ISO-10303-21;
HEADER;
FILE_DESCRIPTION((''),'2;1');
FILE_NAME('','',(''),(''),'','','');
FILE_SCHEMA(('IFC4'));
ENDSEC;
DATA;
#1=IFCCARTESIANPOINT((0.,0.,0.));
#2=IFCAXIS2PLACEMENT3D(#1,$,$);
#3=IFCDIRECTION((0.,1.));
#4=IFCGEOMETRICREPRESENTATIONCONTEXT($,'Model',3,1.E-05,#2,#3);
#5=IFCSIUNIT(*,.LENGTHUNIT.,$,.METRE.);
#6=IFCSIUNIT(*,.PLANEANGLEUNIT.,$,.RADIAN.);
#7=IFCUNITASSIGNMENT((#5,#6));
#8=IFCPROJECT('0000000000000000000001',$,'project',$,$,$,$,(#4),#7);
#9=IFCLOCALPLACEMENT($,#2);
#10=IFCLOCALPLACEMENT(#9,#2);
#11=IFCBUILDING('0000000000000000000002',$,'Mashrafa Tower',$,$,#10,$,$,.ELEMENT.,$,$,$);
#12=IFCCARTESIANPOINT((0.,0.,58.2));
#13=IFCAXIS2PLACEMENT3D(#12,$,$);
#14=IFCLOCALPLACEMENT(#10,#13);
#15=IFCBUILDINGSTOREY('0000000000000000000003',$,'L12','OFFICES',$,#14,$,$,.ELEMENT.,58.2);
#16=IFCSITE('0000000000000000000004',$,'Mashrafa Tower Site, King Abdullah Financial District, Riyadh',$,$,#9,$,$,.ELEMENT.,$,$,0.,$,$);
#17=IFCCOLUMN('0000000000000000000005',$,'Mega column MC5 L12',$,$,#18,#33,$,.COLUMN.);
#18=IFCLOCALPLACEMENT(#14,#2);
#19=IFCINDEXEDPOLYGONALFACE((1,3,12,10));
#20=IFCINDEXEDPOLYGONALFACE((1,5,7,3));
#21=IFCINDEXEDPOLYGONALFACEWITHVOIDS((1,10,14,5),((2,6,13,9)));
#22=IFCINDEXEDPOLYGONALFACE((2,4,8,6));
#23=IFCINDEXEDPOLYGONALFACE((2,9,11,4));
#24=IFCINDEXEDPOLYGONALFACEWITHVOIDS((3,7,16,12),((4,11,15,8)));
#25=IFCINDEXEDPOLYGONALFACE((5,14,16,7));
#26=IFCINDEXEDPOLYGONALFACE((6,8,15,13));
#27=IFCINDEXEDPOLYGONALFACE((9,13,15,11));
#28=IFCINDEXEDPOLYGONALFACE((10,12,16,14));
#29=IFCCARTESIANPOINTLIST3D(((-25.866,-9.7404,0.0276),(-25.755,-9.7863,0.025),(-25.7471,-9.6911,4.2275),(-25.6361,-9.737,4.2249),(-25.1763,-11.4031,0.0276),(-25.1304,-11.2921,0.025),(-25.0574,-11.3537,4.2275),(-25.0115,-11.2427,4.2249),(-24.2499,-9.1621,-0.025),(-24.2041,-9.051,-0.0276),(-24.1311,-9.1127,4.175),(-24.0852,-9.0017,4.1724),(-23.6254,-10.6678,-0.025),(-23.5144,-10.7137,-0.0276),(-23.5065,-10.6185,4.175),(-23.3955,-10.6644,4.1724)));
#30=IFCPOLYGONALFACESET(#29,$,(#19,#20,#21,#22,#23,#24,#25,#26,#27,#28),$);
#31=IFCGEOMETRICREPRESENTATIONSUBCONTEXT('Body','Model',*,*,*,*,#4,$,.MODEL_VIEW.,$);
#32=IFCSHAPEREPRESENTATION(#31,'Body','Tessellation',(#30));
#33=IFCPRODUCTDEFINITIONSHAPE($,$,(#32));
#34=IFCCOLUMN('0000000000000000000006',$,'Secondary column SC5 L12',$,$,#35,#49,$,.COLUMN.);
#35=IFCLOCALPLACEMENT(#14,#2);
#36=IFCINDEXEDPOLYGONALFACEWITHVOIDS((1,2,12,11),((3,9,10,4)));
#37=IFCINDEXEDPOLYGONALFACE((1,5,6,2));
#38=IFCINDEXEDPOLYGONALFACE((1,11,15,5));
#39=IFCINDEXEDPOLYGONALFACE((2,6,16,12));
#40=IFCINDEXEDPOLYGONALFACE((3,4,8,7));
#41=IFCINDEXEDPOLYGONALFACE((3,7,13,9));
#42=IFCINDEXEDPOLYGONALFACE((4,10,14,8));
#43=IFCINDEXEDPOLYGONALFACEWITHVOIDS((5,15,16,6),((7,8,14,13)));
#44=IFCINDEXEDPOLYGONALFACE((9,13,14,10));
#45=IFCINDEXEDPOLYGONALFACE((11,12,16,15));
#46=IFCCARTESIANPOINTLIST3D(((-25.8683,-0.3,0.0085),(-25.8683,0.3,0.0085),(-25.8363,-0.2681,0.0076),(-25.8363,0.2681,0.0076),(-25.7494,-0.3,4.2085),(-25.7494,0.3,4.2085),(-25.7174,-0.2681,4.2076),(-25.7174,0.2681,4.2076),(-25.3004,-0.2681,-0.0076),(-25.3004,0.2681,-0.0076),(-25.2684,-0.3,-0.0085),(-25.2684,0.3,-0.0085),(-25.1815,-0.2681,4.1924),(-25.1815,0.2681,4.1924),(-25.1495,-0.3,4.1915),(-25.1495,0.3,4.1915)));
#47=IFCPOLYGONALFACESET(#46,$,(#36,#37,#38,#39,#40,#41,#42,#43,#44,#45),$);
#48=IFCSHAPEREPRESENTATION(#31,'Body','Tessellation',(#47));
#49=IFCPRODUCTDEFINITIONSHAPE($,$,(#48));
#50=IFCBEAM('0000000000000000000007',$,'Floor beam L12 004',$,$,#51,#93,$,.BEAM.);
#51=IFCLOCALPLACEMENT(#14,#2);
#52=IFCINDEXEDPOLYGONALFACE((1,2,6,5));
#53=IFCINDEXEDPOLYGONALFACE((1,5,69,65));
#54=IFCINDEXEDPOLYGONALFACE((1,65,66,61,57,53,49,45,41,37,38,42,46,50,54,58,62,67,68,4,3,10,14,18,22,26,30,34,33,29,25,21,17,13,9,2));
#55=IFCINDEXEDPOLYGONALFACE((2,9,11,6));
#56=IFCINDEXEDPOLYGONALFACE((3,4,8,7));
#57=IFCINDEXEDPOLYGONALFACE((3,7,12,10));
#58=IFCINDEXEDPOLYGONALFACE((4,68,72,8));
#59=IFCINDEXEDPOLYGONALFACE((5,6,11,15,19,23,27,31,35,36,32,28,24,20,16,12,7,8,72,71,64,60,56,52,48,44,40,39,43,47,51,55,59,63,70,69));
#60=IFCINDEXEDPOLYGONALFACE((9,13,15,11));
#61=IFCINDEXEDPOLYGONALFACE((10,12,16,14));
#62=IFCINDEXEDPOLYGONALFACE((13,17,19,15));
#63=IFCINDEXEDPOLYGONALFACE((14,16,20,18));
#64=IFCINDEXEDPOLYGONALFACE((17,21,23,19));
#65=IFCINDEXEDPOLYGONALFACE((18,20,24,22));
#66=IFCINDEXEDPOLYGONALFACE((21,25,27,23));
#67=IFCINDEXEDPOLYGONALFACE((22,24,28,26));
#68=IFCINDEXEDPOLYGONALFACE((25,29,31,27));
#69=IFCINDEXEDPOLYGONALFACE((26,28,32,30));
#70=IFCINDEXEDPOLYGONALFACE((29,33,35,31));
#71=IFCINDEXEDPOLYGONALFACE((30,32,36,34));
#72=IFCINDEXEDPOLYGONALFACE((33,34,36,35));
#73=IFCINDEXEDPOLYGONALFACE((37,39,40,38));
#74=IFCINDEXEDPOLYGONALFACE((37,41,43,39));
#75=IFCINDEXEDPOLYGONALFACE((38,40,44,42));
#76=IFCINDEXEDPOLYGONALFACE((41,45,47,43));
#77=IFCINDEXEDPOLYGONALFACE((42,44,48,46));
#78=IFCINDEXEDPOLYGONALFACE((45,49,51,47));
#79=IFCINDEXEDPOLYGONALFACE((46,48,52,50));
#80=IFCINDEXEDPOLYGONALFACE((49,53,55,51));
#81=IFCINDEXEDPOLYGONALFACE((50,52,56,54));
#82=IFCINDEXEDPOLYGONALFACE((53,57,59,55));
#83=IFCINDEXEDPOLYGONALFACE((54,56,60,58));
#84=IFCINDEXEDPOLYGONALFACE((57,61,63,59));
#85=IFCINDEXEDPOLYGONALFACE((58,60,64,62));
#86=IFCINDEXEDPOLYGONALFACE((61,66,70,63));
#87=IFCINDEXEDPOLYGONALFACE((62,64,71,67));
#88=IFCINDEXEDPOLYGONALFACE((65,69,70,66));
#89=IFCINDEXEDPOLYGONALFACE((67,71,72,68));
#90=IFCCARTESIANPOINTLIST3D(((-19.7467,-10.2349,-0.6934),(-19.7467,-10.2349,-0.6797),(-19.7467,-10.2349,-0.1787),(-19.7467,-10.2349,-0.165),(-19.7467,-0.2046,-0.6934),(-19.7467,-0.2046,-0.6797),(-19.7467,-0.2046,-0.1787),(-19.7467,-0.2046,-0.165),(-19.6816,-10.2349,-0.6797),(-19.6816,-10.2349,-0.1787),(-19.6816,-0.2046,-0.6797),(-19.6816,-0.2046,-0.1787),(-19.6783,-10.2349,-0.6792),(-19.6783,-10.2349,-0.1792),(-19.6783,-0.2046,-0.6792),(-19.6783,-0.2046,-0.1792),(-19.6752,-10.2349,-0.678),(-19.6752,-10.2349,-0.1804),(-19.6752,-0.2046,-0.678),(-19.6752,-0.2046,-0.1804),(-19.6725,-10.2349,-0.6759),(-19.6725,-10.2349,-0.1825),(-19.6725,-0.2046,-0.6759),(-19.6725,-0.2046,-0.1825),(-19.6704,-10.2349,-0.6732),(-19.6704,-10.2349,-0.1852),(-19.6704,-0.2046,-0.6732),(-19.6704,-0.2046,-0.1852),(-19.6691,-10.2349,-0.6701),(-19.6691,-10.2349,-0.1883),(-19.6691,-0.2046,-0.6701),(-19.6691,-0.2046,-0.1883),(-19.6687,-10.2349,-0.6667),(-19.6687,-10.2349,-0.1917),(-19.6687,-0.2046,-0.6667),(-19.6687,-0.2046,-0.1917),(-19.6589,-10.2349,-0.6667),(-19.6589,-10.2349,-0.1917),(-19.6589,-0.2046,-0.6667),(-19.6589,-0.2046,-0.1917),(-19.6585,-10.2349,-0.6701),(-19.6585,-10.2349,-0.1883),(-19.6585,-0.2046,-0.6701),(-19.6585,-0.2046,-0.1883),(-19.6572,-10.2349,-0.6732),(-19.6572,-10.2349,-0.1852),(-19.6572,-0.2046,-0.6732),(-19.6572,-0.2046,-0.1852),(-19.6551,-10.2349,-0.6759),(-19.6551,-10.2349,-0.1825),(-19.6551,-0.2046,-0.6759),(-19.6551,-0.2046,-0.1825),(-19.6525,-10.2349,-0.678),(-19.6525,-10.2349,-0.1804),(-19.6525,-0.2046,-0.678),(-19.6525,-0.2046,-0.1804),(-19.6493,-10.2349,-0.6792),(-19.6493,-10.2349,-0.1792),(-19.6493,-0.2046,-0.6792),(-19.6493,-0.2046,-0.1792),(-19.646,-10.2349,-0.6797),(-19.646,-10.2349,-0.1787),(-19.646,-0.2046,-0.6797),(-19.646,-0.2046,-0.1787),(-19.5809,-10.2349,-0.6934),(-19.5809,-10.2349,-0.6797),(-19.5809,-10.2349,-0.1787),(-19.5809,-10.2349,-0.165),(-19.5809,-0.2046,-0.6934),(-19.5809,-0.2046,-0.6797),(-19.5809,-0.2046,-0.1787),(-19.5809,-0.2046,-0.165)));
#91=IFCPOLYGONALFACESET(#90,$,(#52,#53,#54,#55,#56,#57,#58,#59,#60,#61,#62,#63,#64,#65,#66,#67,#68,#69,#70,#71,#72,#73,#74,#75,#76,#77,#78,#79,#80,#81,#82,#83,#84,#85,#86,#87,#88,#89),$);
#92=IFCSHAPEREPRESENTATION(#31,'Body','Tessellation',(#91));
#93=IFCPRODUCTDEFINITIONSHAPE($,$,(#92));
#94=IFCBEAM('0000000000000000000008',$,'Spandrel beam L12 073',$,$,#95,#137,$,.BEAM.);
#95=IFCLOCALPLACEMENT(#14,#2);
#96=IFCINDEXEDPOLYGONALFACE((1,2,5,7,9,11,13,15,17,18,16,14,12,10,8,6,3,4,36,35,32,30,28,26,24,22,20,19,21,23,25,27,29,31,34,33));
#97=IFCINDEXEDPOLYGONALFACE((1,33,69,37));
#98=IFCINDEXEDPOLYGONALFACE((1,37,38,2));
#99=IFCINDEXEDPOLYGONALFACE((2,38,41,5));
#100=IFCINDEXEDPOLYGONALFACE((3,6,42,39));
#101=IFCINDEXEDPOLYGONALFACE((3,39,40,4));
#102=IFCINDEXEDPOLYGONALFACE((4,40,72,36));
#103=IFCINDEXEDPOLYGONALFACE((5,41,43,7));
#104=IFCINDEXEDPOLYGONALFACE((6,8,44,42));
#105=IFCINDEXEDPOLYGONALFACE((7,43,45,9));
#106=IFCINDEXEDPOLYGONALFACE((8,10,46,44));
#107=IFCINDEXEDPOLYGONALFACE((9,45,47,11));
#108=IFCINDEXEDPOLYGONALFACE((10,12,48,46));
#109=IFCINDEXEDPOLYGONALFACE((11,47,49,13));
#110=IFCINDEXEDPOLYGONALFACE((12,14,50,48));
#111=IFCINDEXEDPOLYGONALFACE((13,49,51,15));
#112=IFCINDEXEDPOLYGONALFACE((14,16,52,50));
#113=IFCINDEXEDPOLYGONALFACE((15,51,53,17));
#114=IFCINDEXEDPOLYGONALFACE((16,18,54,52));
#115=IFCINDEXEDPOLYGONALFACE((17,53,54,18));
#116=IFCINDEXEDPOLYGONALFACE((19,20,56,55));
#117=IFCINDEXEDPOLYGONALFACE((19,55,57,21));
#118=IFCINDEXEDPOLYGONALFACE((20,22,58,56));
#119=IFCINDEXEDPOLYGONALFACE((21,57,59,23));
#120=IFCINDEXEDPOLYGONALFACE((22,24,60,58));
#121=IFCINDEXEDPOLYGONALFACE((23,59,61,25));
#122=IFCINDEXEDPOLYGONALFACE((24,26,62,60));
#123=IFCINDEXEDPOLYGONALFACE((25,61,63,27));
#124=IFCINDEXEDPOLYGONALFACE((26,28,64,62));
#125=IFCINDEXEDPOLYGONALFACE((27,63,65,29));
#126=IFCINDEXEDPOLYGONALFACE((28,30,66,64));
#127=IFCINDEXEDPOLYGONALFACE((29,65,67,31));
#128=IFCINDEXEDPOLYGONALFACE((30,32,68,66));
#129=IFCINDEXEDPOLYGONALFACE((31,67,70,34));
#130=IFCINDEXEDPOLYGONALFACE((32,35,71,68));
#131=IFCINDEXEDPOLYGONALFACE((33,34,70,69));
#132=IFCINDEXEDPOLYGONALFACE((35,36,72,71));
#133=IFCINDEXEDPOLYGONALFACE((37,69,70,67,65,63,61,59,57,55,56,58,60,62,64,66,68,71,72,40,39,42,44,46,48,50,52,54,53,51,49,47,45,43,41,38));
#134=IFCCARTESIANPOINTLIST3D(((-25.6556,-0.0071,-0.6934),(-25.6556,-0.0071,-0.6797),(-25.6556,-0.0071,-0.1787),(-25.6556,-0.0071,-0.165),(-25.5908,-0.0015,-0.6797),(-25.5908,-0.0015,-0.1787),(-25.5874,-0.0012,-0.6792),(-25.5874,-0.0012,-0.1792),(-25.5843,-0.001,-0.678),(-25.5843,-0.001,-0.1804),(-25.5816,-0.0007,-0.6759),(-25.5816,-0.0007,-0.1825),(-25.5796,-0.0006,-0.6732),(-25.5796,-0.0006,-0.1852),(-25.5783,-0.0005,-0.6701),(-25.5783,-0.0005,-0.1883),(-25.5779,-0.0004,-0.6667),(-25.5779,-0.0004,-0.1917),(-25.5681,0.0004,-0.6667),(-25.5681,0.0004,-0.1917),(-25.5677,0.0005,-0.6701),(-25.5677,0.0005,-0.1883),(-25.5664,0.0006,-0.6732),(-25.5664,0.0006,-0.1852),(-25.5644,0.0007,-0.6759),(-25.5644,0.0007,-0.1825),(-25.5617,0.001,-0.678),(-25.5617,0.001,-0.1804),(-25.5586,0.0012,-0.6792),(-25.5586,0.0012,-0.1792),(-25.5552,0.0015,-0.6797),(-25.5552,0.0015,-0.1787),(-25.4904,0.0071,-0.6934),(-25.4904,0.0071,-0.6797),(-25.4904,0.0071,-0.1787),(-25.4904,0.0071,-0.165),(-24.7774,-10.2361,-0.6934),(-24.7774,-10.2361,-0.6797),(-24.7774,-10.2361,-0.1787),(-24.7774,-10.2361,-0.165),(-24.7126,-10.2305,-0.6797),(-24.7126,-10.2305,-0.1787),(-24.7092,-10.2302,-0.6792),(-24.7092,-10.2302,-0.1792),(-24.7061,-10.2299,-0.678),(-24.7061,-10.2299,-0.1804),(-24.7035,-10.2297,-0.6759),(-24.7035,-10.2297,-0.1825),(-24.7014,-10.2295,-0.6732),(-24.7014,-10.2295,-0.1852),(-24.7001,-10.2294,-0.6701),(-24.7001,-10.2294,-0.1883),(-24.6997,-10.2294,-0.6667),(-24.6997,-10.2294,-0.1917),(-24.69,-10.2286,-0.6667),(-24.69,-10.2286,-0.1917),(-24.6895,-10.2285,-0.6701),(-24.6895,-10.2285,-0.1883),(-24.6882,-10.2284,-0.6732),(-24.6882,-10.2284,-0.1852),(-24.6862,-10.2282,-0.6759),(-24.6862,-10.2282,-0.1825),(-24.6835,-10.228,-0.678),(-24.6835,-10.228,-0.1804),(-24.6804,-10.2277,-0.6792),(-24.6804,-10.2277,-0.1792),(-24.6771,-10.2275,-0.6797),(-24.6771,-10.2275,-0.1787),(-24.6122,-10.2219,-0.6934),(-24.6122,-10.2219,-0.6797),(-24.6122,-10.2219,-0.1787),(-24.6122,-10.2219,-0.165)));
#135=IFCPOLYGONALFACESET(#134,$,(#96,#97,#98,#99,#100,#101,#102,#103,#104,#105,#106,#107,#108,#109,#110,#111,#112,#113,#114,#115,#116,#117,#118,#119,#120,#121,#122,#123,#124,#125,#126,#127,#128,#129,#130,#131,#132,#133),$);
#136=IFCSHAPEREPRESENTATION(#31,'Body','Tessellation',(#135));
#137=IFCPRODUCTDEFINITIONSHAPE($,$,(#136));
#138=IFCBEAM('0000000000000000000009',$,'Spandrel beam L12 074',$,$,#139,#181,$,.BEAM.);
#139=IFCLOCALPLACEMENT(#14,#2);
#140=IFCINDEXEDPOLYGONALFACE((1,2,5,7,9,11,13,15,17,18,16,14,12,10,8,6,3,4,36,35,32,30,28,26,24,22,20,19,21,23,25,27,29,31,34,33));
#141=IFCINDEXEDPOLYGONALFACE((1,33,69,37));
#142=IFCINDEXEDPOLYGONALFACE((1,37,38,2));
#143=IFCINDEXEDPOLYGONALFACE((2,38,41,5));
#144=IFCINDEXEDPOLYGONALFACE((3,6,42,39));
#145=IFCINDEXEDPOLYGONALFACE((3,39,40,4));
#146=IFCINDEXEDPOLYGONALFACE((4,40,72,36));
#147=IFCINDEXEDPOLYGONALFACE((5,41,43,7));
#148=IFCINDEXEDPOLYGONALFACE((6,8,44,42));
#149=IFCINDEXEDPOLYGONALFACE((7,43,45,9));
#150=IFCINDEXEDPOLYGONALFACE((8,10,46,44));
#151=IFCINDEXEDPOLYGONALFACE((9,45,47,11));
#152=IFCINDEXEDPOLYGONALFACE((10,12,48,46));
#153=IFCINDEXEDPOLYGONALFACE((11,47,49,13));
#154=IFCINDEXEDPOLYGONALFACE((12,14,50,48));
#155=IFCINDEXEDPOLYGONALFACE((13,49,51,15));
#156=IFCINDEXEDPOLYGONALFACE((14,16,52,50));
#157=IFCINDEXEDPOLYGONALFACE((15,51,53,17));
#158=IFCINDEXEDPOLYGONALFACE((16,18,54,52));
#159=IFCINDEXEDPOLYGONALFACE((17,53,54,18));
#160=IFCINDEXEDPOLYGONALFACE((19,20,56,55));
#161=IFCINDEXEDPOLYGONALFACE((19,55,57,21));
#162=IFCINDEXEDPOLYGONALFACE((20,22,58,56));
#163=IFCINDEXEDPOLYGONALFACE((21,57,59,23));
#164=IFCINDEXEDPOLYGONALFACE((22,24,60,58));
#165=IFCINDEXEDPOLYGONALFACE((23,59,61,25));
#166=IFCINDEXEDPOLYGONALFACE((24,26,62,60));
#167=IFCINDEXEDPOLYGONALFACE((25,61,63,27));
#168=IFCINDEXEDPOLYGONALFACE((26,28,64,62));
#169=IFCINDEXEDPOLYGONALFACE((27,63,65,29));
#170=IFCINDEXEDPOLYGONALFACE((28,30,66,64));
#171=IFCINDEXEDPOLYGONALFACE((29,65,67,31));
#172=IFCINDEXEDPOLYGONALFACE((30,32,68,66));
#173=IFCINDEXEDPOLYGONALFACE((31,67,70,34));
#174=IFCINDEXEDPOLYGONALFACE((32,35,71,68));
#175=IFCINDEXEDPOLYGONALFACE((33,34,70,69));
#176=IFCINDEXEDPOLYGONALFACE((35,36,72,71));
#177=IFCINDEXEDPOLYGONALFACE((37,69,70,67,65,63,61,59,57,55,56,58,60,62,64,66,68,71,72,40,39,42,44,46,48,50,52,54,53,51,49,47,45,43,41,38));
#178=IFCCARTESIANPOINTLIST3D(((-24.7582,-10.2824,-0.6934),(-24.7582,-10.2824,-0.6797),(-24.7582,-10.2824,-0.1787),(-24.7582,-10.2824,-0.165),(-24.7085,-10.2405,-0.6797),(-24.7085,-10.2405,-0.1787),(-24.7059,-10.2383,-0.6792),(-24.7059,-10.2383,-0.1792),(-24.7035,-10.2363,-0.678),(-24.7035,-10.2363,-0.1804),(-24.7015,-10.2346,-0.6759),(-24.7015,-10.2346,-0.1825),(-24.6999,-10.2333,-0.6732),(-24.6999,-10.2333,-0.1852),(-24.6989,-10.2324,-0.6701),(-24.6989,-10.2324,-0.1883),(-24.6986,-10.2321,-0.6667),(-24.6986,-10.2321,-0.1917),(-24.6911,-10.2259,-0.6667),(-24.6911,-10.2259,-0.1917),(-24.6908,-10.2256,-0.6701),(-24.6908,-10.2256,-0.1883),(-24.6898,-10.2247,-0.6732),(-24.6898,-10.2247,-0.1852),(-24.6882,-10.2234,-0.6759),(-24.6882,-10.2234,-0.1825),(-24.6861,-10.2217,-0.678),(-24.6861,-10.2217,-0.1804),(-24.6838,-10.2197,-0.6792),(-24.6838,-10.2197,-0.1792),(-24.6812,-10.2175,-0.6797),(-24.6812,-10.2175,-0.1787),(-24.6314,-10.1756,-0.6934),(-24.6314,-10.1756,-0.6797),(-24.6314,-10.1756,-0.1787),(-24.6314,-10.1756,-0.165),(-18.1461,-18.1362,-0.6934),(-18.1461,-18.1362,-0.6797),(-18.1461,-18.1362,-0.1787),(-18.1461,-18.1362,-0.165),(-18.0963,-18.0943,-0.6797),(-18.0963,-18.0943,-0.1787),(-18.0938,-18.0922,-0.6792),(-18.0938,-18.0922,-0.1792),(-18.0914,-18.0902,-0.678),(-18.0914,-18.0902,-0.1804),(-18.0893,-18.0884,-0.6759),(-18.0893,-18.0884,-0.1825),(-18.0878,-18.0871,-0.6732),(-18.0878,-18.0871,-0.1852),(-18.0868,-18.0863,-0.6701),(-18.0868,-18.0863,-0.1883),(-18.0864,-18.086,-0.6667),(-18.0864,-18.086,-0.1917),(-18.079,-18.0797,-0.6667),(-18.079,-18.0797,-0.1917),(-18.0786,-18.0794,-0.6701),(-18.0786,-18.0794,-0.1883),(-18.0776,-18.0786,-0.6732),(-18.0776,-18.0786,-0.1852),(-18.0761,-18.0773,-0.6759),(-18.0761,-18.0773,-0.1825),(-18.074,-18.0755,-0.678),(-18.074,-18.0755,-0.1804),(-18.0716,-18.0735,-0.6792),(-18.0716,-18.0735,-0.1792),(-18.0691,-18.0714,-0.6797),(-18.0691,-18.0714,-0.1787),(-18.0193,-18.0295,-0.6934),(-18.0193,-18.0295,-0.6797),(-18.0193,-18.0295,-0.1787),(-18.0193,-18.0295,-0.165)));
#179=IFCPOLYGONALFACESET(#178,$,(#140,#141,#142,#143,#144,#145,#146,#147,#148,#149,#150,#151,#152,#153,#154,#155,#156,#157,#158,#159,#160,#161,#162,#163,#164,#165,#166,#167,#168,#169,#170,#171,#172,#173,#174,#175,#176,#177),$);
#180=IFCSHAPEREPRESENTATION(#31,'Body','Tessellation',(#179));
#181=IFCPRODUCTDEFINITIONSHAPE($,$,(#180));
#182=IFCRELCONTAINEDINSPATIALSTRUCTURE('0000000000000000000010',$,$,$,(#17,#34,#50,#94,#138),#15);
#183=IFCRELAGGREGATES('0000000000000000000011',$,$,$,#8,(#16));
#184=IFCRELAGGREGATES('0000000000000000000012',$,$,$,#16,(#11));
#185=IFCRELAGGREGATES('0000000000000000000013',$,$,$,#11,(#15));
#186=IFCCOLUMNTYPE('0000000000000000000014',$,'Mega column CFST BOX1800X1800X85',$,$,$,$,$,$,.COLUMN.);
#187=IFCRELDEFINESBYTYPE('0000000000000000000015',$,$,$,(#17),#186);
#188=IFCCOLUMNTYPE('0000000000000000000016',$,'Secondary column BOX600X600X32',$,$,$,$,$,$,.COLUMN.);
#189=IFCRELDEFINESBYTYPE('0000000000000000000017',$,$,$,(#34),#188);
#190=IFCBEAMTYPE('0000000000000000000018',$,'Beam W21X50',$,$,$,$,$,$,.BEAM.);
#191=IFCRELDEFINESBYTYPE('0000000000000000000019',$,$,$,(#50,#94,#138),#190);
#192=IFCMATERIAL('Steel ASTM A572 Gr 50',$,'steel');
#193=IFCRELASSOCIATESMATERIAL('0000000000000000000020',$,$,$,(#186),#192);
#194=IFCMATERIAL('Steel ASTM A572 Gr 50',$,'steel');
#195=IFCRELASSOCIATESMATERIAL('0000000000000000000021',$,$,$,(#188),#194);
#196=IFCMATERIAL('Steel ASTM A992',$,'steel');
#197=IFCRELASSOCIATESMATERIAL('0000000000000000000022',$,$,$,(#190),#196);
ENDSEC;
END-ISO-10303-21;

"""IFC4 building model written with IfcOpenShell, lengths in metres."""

from ifc_helpers import new_model, si_unit, direction, frame, origin, origin_2d, place, context, subcontext, project, spatial, hollow_rectangle, i_section, extrude, material, material_profile, profile_set, type_object, element, save


model = new_model("IFC4")

# Units and contexts
model_context = context("Model", 3, precision=1e-05, world=origin(), true_north=direction((0.0, 1.0)))
body_context = subcontext(model_context, "Body", "Model", "MODEL_VIEW")
ifc_project = project(units=[si_unit("LENGTHUNIT", "METRE"), si_unit("PLANEANGLEUNIT", "RADIAN")], contexts=[model_context])

# Site, building, storey
site_placement = place(None, origin())
site = spatial("IfcSite", under=ifc_project, at=site_placement, Name="Mashrafa Tower Site, King Abdullah Financial District, Riyadh", CompositionType="ELEMENT", RefElevation=0.0)
building_placement = place(site_placement, origin())
building = spatial("IfcBuilding", under=site, at=building_placement, Name="Mashrafa Tower", CompositionType="ELEMENT")
storey_placement = place(building_placement, frame((0.0, 0.0, 58.2)))
storey = spatial("IfcBuildingStorey", under=building, at=storey_placement, Name="L12", Description="OFFICES", CompositionType="ELEMENT", Elevation=58.2)

# Columns
ifc_material_1 = material(Name="Steel ASTM A572 Gr 50", Category="steel")
ifc_material_profile_1 = material_profile(ifc_material_1, hollow_rectangle(XDim=1.8, YDim=1.8, WallThickness=0.085, at=origin_2d()), Name="BOX1800X1800X85")
ifc_profile_set_1 = profile_set([ifc_material_profile_1], Name="Steel ASTM A572 Gr 50")
column_type_1 = type_object("IfcColumnType", Name="Mega column CFST BOX1800X1800X85", PredefinedType="COLUMN", material=ifc_profile_set_1)
column_1_placement = place(storey_placement, frame((-24.6902, -10.2271, 0.0), z_axis=(0.028296, 0.011737, 0.999531), x_axis=(-0.383133, 0.923693, 0.0)))
element("IfcColumn", 1, at=column_1_placement, inside=storey, type_object=column_type_1, Name="Mega column MC5 L12", PredefinedType="COLUMN", context=body_context, shape_type="SweptSolid", body=[
    extrude(hollow_rectangle(XDim=1.8, YDim=1.8, WallThickness=0.085, at=origin_2d()), origin(), (0.0, 0.0, 1.0), 4.2019),
])
ifc_material_2 = material(Name="Steel ASTM A572 Gr 50", Category="steel")
ifc_material_profile_2 = material_profile(ifc_material_2, hollow_rectangle(XDim=0.6001, YDim=0.6001, WallThickness=0.032, at=origin_2d()), Name="BOX600X600X32")
ifc_profile_set_2 = profile_set([ifc_material_profile_2], Name="Steel ASTM A572 Gr 50")
column_type_2 = type_object("IfcColumnType", Name="Secondary column BOX600X600X32", PredefinedType="COLUMN", material=ifc_profile_set_2)
column_2_placement = place(storey_placement, frame((-25.5684, 0.0, 0.0), z_axis=(0.028298, 0.0, 0.9996), x_axis=(0.0, 1.0, 0.0)))
element("IfcColumn", 2, at=column_2_placement, inside=storey, type_object=column_type_2, Name="Secondary column SC5 L12", PredefinedType="COLUMN", context=body_context, shape_type="SweptSolid", body=[
    extrude(hollow_rectangle(XDim=0.6001, YDim=0.6001, WallThickness=0.032, at=origin_2d()), origin(), (0.0, 0.0, 1.0), 4.2017),
])

# Beams
ifc_material_3 = material(Name="Steel ASTM A992", Category="steel")
ifc_material_profile_3 = material_profile(ifc_material_3, i_section(OverallWidth=0.1658, OverallDepth=0.5283, WebThickness=0.0098, FlangeThickness=0.0137, FilletRadius=0.0129, at=origin_2d()), Name="W21X50")
ifc_profile_set_3 = profile_set([ifc_material_profile_3], Name="Steel ASTM A992")
beam_type_1 = type_object("IfcBeamType", Name="Beam W21X50", PredefinedType="BEAM", material=ifc_profile_set_3)
beam_placement = place(storey_placement, frame((-19.6638, -10.2349, -0.4292), z_axis=(0.0, 1.0, 0.0), x_axis=(-1.0, 0.0, 0.0)))
element("IfcBeam", 3, at=beam_placement, inside=storey, type_object=beam_type_1, Name="Floor beam L12 004", PredefinedType="BEAM", context=body_context, shape_type="SweptSolid", body=[
    extrude(i_section(OverallWidth=0.1658, OverallDepth=0.5283, WebThickness=0.0098, FlangeThickness=0.0137, FilletRadius=0.0129, at=origin_2d()), origin(), (0.0, 0.0, 1.0), 10.0303),
])
for number, where, z_axis, x_axis, name in (
    (4, (-25.573, 0.0, -0.4292), (0.085537, -0.996335, 0.0), (0.996335, 0.085537, 0.0), "Spandrel beam L12 073"),
    (5, (-24.6948, -10.229, -0.4292), (0.644043, -0.76499, 0.0), (0.76499, 0.644043, 0.0), "Spandrel beam L12 074"),
):
    element("IfcBeam", number, at=place(storey_placement, frame(where, z_axis=z_axis, x_axis=x_axis)), inside=storey, type_object=beam_type_1, Name=name, PredefinedType="BEAM", context=body_context, shape_type="SweptSolid", body=[
        extrude(i_section(OverallWidth=0.1658, OverallDepth=0.5283, WebThickness=0.0098, FlangeThickness=0.0137, FilletRadius=0.0129, at=origin_2d()), origin(), (0.0, 0.0, 1.0), 10.2666),
    ])

save(model, "model.ifc")
